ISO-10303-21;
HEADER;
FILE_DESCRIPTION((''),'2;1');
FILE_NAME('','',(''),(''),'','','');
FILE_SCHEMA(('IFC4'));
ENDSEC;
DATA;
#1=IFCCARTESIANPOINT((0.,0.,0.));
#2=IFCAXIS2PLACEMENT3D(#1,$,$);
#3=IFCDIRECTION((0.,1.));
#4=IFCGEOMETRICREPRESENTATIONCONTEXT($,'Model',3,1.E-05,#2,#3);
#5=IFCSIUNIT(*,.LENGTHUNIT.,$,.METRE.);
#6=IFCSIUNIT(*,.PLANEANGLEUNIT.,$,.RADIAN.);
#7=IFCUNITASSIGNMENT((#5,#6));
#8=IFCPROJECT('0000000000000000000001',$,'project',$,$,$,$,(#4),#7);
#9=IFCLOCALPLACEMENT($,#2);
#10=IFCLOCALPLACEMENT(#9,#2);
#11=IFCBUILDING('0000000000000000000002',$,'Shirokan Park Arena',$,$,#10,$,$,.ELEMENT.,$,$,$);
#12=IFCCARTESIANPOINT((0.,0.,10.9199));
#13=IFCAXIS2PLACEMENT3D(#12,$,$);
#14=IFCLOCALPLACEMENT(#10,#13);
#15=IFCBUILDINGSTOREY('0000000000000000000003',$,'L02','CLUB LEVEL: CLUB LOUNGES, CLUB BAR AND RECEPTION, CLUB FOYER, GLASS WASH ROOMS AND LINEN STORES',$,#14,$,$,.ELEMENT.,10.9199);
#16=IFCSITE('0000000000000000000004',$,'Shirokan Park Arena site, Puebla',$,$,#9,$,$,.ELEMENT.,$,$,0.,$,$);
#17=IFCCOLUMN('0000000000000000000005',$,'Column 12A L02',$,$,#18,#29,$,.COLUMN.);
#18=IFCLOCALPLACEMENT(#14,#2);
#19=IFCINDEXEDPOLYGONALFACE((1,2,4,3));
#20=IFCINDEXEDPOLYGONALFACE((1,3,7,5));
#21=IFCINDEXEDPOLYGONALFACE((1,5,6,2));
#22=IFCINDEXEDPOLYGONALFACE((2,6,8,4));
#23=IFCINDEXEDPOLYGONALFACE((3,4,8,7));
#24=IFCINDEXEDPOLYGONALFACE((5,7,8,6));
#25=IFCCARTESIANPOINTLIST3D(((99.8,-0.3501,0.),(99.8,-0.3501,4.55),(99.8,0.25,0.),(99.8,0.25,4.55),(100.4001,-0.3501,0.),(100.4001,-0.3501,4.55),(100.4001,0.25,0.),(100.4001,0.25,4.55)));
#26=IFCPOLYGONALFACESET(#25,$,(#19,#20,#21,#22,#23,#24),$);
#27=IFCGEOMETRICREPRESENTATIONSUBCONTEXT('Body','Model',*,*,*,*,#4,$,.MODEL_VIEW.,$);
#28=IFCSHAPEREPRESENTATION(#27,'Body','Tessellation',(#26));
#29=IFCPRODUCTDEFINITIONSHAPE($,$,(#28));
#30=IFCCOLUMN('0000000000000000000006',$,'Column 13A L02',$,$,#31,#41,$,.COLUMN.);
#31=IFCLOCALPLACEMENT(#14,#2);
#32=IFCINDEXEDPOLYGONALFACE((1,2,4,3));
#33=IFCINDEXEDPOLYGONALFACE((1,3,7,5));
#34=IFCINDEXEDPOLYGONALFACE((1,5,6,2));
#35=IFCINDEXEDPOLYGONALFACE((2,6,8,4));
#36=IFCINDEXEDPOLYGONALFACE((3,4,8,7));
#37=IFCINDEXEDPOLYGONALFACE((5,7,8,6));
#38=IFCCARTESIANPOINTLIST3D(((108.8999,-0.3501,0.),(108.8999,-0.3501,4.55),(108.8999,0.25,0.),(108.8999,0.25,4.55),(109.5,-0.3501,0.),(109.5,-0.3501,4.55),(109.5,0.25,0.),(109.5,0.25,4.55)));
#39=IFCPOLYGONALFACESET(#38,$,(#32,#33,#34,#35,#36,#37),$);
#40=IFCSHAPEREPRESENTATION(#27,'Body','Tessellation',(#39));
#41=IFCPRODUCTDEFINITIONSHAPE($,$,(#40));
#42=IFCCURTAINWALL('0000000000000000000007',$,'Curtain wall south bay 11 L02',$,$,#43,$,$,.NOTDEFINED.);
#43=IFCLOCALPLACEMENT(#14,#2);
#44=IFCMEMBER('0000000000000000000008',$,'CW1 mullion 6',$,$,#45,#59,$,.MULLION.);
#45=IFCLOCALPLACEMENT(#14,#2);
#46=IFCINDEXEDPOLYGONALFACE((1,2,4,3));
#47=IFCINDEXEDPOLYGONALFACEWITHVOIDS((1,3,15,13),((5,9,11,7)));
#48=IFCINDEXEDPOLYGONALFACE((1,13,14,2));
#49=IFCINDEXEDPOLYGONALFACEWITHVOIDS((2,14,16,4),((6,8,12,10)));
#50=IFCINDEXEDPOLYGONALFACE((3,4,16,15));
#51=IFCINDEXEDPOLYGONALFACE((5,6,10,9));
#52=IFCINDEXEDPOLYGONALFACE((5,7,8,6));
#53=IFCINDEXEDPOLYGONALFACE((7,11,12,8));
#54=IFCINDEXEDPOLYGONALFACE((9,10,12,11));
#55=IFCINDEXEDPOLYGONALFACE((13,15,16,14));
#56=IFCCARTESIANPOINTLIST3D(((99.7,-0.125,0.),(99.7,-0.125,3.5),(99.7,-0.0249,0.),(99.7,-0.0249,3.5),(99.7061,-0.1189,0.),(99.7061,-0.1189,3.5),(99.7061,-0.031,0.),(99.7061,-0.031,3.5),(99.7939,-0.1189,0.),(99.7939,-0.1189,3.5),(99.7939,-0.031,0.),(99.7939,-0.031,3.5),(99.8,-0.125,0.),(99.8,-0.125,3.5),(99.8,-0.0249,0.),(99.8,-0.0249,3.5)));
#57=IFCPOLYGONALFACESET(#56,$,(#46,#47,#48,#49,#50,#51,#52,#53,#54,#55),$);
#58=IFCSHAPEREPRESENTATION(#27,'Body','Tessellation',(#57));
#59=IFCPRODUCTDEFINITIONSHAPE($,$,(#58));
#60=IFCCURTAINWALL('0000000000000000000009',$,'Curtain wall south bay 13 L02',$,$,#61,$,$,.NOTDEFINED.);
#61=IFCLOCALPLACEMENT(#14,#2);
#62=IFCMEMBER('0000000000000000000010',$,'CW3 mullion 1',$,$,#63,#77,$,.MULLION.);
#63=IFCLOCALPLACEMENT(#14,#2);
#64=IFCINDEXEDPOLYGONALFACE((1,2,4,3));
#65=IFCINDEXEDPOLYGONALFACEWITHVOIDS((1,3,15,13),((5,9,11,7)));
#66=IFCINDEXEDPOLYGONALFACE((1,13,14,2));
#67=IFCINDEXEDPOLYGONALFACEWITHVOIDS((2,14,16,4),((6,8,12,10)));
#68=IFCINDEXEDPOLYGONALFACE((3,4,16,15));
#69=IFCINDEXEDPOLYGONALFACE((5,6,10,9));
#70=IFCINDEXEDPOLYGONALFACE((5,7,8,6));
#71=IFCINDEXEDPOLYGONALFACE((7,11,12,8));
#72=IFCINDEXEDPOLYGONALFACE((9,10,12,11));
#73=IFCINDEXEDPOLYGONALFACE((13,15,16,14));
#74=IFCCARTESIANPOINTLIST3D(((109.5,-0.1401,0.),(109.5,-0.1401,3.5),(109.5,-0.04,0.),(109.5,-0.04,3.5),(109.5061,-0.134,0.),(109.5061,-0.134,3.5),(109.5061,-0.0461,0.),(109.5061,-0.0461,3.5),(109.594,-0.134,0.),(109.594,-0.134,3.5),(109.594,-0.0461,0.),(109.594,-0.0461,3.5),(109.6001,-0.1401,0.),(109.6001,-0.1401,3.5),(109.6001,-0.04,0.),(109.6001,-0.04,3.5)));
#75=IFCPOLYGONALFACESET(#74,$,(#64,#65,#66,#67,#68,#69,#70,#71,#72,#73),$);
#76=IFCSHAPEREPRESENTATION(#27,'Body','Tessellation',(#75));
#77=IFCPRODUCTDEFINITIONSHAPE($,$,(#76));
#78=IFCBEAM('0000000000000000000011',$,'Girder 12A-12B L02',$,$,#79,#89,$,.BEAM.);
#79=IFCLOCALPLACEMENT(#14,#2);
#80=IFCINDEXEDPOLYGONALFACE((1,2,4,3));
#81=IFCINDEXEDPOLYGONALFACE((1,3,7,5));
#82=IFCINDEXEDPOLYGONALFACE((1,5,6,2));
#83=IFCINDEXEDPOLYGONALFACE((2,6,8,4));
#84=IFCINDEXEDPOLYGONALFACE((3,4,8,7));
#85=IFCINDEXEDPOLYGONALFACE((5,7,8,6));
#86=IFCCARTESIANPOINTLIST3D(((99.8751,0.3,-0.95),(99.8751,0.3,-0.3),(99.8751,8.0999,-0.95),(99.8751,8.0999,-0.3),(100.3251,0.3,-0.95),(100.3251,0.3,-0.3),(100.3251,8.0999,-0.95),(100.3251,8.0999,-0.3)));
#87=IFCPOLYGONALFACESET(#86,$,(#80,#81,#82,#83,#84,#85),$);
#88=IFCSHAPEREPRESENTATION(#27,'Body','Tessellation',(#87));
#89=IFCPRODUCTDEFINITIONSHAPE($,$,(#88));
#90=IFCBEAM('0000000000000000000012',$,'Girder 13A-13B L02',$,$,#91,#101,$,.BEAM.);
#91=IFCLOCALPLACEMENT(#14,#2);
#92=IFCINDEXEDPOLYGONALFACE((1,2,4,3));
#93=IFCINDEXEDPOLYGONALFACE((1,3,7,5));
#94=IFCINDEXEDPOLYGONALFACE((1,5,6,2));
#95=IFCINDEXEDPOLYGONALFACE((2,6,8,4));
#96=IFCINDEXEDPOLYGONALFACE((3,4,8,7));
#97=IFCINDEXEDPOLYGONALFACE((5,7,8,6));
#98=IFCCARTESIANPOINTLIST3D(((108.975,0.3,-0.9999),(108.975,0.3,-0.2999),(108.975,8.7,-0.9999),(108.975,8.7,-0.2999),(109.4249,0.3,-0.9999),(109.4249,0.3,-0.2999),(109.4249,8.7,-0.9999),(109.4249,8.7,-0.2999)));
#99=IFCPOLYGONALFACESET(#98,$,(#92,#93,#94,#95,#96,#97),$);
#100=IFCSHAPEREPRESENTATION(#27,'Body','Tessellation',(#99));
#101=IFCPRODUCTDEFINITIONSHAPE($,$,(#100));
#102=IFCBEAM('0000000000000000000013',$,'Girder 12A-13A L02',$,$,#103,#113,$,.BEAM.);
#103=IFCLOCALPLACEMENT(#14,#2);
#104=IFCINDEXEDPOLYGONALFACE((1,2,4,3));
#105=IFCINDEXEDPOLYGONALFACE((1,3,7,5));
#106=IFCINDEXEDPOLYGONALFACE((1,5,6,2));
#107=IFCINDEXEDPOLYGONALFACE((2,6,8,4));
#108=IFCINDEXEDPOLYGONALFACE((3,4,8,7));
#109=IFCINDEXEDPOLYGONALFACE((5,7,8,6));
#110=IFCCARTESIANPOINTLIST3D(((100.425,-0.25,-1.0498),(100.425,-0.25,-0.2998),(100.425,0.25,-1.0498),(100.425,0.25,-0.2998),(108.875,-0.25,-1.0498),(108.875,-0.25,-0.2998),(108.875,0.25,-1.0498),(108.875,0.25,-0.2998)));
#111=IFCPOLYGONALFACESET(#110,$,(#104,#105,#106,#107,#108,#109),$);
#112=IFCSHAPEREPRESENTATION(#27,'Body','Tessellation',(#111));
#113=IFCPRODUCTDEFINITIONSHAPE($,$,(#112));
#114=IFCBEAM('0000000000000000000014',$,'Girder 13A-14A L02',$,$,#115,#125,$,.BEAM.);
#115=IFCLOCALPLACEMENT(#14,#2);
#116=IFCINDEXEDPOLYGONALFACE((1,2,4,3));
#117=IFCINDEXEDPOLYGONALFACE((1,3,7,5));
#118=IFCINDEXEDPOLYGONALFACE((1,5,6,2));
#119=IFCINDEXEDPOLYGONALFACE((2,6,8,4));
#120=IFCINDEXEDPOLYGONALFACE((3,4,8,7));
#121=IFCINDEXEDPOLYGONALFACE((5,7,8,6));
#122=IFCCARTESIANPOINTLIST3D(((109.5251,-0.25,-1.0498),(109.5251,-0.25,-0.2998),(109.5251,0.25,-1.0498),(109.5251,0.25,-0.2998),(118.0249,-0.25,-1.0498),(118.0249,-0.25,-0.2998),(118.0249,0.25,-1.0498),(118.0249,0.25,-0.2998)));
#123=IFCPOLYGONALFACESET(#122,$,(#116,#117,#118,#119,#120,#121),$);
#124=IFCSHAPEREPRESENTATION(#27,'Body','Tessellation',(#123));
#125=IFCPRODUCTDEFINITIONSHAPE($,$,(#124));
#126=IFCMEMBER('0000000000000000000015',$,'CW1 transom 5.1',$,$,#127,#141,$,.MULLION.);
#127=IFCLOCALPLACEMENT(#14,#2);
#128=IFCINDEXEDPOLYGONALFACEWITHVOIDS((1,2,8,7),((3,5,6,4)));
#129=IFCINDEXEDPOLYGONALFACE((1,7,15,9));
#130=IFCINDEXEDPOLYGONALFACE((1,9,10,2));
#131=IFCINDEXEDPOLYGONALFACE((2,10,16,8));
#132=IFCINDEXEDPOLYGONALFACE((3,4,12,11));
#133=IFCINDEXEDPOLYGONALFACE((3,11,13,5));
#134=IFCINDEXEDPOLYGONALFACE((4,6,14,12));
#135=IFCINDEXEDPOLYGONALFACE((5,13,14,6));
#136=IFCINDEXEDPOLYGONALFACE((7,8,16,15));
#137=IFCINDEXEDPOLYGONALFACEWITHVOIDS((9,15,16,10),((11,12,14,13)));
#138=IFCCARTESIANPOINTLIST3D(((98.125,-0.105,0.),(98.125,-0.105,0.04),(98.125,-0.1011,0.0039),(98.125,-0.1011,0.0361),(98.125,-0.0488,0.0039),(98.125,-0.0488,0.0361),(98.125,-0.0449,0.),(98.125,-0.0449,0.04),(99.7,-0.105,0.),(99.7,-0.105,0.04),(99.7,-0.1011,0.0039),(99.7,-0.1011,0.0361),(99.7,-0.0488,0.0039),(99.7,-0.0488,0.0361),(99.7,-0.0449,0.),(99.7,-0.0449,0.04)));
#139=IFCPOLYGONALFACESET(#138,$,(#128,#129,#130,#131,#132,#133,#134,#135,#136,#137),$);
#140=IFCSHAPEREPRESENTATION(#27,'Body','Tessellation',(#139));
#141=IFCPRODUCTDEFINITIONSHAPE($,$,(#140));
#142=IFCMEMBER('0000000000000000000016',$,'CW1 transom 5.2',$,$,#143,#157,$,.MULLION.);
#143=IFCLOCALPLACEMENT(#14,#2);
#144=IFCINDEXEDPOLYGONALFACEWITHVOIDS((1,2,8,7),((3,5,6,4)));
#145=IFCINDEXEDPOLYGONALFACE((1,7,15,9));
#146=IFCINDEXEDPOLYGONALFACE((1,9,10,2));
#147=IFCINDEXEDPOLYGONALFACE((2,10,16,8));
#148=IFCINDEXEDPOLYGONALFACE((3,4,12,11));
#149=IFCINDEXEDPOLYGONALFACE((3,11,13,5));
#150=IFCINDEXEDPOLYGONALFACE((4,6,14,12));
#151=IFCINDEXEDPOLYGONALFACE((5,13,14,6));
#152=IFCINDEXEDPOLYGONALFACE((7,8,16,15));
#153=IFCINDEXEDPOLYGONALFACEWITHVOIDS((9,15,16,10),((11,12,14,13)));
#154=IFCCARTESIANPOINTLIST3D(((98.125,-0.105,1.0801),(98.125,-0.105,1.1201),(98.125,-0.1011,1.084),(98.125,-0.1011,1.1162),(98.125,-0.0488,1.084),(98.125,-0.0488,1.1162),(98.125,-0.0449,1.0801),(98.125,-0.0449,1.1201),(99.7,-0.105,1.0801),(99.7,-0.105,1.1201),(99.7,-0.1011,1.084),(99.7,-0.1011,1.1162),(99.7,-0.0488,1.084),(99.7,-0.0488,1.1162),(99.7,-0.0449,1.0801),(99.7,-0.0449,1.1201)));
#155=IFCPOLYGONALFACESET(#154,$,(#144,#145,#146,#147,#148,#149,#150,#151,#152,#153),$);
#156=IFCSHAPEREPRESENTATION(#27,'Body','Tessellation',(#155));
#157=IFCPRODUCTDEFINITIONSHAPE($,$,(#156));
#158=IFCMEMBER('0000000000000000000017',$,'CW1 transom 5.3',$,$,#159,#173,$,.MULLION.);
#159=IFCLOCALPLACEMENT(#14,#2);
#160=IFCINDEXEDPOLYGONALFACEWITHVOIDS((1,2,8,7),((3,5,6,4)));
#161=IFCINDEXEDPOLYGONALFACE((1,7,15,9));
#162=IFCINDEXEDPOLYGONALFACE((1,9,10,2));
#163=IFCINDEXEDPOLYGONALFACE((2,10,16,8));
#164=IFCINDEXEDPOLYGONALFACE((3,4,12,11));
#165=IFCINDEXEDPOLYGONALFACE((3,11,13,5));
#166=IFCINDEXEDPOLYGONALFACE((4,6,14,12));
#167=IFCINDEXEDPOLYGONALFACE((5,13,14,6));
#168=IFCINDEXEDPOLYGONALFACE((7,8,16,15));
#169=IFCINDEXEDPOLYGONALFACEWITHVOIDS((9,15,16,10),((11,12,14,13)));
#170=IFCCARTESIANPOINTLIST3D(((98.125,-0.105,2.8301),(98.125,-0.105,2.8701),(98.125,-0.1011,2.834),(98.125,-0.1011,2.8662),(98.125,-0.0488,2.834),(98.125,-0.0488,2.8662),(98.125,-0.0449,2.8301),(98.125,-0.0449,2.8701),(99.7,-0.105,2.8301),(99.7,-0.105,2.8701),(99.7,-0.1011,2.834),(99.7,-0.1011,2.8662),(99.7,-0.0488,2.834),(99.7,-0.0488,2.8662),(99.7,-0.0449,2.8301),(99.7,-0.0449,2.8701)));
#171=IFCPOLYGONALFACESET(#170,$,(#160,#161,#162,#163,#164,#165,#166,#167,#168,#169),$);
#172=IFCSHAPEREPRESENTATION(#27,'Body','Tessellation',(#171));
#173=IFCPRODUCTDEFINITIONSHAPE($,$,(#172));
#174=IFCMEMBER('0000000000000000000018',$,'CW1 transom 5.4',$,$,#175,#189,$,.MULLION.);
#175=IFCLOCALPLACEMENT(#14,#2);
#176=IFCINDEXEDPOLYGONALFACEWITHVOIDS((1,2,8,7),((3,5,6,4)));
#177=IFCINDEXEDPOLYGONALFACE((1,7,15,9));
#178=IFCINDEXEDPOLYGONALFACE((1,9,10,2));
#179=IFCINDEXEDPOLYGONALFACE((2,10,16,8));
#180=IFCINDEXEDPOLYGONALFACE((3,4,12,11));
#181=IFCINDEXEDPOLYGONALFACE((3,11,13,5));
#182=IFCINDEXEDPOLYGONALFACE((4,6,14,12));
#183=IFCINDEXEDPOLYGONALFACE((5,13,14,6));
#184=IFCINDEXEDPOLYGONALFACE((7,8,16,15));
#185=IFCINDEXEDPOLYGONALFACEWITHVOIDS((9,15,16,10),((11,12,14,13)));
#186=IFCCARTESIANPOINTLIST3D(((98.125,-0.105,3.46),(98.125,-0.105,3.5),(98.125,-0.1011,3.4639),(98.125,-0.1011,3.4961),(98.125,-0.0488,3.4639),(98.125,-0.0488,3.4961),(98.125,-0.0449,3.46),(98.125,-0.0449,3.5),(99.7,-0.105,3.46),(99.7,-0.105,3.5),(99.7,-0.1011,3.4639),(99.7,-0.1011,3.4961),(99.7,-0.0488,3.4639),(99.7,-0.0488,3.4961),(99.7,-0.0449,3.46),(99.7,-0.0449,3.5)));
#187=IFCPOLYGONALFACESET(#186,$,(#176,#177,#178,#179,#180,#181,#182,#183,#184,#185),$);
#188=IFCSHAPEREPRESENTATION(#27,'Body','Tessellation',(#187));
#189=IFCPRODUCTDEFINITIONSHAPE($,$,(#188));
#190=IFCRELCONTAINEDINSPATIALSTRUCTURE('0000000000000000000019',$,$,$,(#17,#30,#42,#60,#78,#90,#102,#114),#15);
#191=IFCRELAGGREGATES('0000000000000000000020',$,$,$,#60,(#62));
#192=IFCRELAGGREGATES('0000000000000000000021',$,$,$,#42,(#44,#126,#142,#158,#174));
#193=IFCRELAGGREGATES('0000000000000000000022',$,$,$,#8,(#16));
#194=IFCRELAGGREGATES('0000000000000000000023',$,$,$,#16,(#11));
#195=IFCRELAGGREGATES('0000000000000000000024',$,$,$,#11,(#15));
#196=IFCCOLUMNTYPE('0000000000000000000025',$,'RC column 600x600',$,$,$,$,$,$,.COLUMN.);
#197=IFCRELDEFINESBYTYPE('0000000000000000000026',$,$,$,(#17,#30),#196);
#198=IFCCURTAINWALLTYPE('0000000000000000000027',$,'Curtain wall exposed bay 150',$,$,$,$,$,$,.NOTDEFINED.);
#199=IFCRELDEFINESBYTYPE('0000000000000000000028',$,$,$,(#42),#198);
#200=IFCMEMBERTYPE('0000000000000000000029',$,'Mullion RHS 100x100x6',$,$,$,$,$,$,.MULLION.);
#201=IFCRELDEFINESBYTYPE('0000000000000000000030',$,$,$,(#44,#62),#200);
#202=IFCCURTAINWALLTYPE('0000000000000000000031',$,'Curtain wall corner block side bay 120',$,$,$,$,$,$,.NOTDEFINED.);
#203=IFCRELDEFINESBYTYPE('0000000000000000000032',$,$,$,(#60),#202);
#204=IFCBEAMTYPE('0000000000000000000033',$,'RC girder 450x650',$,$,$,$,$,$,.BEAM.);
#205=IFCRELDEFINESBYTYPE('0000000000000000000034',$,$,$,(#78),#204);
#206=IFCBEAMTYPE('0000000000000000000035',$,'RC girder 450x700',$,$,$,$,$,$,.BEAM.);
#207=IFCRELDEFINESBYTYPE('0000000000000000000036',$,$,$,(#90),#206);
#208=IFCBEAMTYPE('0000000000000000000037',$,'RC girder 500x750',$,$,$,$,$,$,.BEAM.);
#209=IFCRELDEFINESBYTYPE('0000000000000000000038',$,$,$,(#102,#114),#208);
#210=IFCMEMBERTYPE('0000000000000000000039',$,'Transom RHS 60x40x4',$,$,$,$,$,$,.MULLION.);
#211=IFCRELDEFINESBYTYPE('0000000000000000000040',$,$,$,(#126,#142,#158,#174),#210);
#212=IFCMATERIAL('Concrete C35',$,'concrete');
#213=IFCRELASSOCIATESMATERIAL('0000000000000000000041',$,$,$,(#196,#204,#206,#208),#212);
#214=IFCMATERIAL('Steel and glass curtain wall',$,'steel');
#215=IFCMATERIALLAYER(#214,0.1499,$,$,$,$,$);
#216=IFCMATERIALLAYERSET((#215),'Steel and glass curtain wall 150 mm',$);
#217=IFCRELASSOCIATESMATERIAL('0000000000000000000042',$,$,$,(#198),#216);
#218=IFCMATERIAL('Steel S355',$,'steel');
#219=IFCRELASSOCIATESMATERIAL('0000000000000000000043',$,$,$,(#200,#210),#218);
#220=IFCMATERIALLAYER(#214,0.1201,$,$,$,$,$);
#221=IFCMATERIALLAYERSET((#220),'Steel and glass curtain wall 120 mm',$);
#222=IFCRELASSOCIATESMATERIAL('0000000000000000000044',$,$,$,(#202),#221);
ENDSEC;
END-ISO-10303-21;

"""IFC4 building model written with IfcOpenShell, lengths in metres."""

from ifc_helpers import new_model, si_unit, direction, frame, origin, origin_2d, place, context, subcontext, project, spatial, rectangle, hollow_rectangle, extrude, material, layer, layer_set, material_profile, profile_set, type_object, element, aggregate, save


model = new_model("IFC4")

# Units and contexts
model_context = context("Model", 3, precision=1e-05, world=origin(), true_north=direction((0.0, 1.0)))
body_context = subcontext(model_context, "Body", "Model", "MODEL_VIEW")
ifc_project = project(units=[si_unit("LENGTHUNIT", "METRE"), si_unit("PLANEANGLEUNIT", "RADIAN")], contexts=[model_context])

# Site, building, storey
site_placement = place(None, origin())
site = spatial("IfcSite", under=ifc_project, at=site_placement, Name="Shirokan Park Arena site, Puebla", CompositionType="ELEMENT", RefElevation=0.0)
building_placement = place(site_placement, origin())
building = spatial("IfcBuilding", under=site, at=building_placement, Name="Shirokan Park Arena", CompositionType="ELEMENT")
storey_placement = place(building_placement, frame((0.0, 0.0, 10.9199)))
storey = spatial("IfcBuildingStorey", under=building, at=storey_placement, Name="L02", Description="CLUB LEVEL: CLUB LOUNGES, CLUB BAR AND RECEPTION, CLUB FOYER, GLASS WASH ROOMS AND LINEN STORES", CompositionType="ELEMENT", Elevation=10.9199)

# Columns
ifc_material_1 = material(Name="Concrete C35", Category="concrete")
ifc_material_profile_1 = material_profile(ifc_material_1, rectangle(XDim=0.6001, YDim=0.6001, at=origin_2d()), Name="600x600")
ifc_profile_set_1 = profile_set([ifc_material_profile_1], Name="Concrete C35")
column_type = type_object("IfcColumnType", Name="RC column 600x600", PredefinedType="COLUMN", material=ifc_profile_set_1)
for number, where, z_axis, x_axis, name in (
    (1, (100.1001, -0.05, 0.0), (0.0, 0.0, 1.0), (1.0, 0.0, 0.0), "Column 12A L02"),
    (2, (109.2, -0.05, 0.0), (0.0, 0.0, 1.0), (1.0, 0.0, 0.0), "Column 13A L02"),
):
    element("IfcColumn", number, at=place(storey_placement, frame(where, z_axis=z_axis, x_axis=x_axis)), inside=storey, type_object=column_type, Name=name, PredefinedType="COLUMN", context=body_context, shape_type="SweptSolid", body=[
        extrude(rectangle(XDim=0.6001, YDim=0.6001, at=origin_2d()), origin(), (0.0, 0.0, 1.0), 4.55),
    ])

# Curtain walls, members
ifc_material_2 = material(Name="Steel and glass curtain wall", Category="steel")
ifc_layer_1 = layer(ifc_material_2, 0.1499)
ifc_layer_set_1 = layer_set([ifc_layer_1], Name="Steel and glass curtain wall 150 mm")
curtain_wall_type_1 = type_object("IfcCurtainWallType", Name="Curtain wall exposed bay 150", PredefinedType="NOTDEFINED", material=ifc_layer_set_1)
curtain_wall_1_placement = place(storey_placement, origin())
curtain_wall_1 = element("IfcCurtainWall", 3, at=curtain_wall_1_placement, inside=storey, type_object=curtain_wall_type_1, Name="Curtain wall south bay 11 L02", PredefinedType="NOTDEFINED")
ifc_material_3 = material(Name="Steel S355", Category="steel")
ifc_material_profile_2 = material_profile(ifc_material_3, hollow_rectangle(XDim=0.1001, YDim=0.1001, WallThickness=0.0061, at=origin_2d()), Name="RHS 100x100x6")
ifc_profile_set_2 = profile_set([ifc_material_profile_2], Name="Steel S355")
member_type_1 = type_object("IfcMemberType", Name="Mullion RHS 100x100x6", PredefinedType="MULLION", material=ifc_profile_set_2)
member_1_placement = place(storey_placement, frame((99.75, -0.075, 0.0), z_axis=(0.0, 0.0, 1.0), x_axis=(0.0, 1.0, 0.0)))
member_1 = element("IfcMember", 4, at=member_1_placement, type_object=member_type_1, Name="CW1 mullion 6", PredefinedType="MULLION", context=body_context, shape_type="SweptSolid", body=[
    extrude(hollow_rectangle(XDim=0.1001, YDim=0.1001, WallThickness=0.0061, at=origin_2d()), origin(), (0.0, 0.0, 1.0), 3.5),
])
ifc_layer_2 = layer(ifc_material_2, 0.1201)
ifc_layer_set_2 = layer_set([ifc_layer_2], Name="Steel and glass curtain wall 120 mm")
curtain_wall_type_2 = type_object("IfcCurtainWallType", Name="Curtain wall corner block side bay 120", PredefinedType="NOTDEFINED", material=ifc_layer_set_2)
curtain_wall_2_placement = place(storey_placement, origin())
curtain_wall_2 = element("IfcCurtainWall", 5, at=curtain_wall_2_placement, inside=storey, type_object=curtain_wall_type_2, Name="Curtain wall south bay 13 L02", PredefinedType="NOTDEFINED")
member_2_placement = place(storey_placement, frame((109.55, -0.0901, 0.0), z_axis=(0.0, 0.0, 1.0), x_axis=(0.0, 1.0, 0.0)))
member_2 = element("IfcMember", 6, at=member_2_placement, type_object=member_type_1, Name="CW3 mullion 1", PredefinedType="MULLION", context=body_context, shape_type="SweptSolid", body=[
    extrude(hollow_rectangle(XDim=0.1001, YDim=0.1001, WallThickness=0.0061, at=origin_2d()), origin(), (0.0, 0.0, 1.0), 3.5),
])

# Beams
ifc_material_profile_3 = material_profile(ifc_material_1, rectangle(XDim=0.45, YDim=0.6499, at=origin_2d()), Name="450x650")
ifc_profile_set_3 = profile_set([ifc_material_profile_3], Name="Concrete C35")
beam_type_1 = type_object("IfcBeamType", Name="RC girder 450x650", PredefinedType="BEAM", material=ifc_profile_set_3)
beam_1_placement = place(storey_placement, frame((100.1001, 0.3, -0.625), z_axis=(0.0, 1.0, 0.0), x_axis=(-1.0, 0.0, 0.0)))
element("IfcBeam", 7, at=beam_1_placement, inside=storey, type_object=beam_type_1, Name="Girder 12A-12B L02", PredefinedType="BEAM", context=body_context, shape_type="SweptSolid", body=[
    extrude(rectangle(XDim=0.45, YDim=0.6499, at=origin_2d()), origin(), (0.0, 0.0, 1.0), 7.7998),
])
ifc_material_profile_4 = material_profile(ifc_material_1, rectangle(XDim=0.45, YDim=0.7, at=origin_2d()), Name="450x700")
ifc_profile_set_4 = profile_set([ifc_material_profile_4], Name="Concrete C35")
beam_type_2 = type_object("IfcBeamType", Name="RC girder 450x700", PredefinedType="BEAM", material=ifc_profile_set_4)
beam_2_placement = place(storey_placement, frame((109.2, 0.3, -0.6499), z_axis=(0.0, 1.0, 0.0), x_axis=(-1.0, 0.0, 0.0)))
element("IfcBeam", 8, at=beam_2_placement, inside=storey, type_object=beam_type_2, Name="Girder 13A-13B L02", PredefinedType="BEAM", context=body_context, shape_type="SweptSolid", body=[
    extrude(rectangle(XDim=0.45, YDim=0.7, at=origin_2d()), origin(), (0.0, 0.0, 1.0), 8.3999),
])
ifc_material_profile_5 = material_profile(ifc_material_1, rectangle(XDim=0.5, YDim=0.75, at=origin_2d()), Name="500x750")
ifc_profile_set_5 = profile_set([ifc_material_profile_5], Name="Concrete C35")
beam_type_3 = type_object("IfcBeamType", Name="RC girder 500x750", PredefinedType="BEAM", material=ifc_profile_set_5)
beam_3_placement = place(storey_placement, frame((100.425, 0.0, -0.6748), z_axis=(1.0, 0.0, 0.0), x_axis=(0.0, 1.0, 0.0)))
element("IfcBeam", 9, at=beam_3_placement, inside=storey, type_object=beam_type_3, Name="Girder 12A-13A L02", PredefinedType="BEAM", context=body_context, shape_type="SweptSolid", body=[
    extrude(rectangle(XDim=0.5, YDim=0.75, at=origin_2d()), origin(), (0.0, 0.0, 1.0), 8.45),
])
beam_4_placement = place(storey_placement, frame((109.5251, 0.0, -0.6748), z_axis=(1.0, 0.0, 0.0), x_axis=(0.0, 1.0, 0.0)))
element("IfcBeam", 10, at=beam_4_placement, inside=storey, type_object=beam_type_3, Name="Girder 13A-14A L02", PredefinedType="BEAM", context=body_context, shape_type="SweptSolid", body=[
    extrude(rectangle(XDim=0.5, YDim=0.75, at=origin_2d()), origin(), (0.0, 0.0, 1.0), 8.4998),
])

# Members
ifc_material_profile_6 = material_profile(ifc_material_3, hollow_rectangle(XDim=0.0601, YDim=0.04, WallThickness=0.0039, at=origin_2d()), Name="RHS 60x40x4")
ifc_profile_set_6 = profile_set([ifc_material_profile_6], Name="Steel S355")
member_type_2 = type_object("IfcMemberType", Name="Transom RHS 60x40x4", PredefinedType="MULLION", material=ifc_profile_set_6)
member_3_placement = place(storey_placement, frame((98.125, -0.075, 0.02), z_axis=(1.0, 0.0, 0.0), x_axis=(0.0, 1.0, 0.0)))
member_3 = element("IfcMember", 11, at=member_3_placement, type_object=member_type_2, Name="CW1 transom 5.1", PredefinedType="MULLION", context=body_context, shape_type="SweptSolid", body=[
    extrude(hollow_rectangle(XDim=0.0601, YDim=0.04, WallThickness=0.0039, at=origin_2d()), origin(), (0.0, 0.0, 1.0), 1.575),
])
member_4_placement = place(storey_placement, frame((98.125, -0.075, 1.1001), z_axis=(1.0, 0.0, 0.0), x_axis=(0.0, 1.0, 0.0)))
member_4 = element("IfcMember", 12, at=member_4_placement, type_object=member_type_2, Name="CW1 transom 5.2", PredefinedType="MULLION", context=body_context, shape_type="SweptSolid", body=[
    extrude(hollow_rectangle(XDim=0.0601, YDim=0.04, WallThickness=0.0039, at=origin_2d()), origin(), (0.0, 0.0, 1.0), 1.575),
])
member_5_placement = place(storey_placement, frame((98.125, -0.075, 2.8501), z_axis=(1.0, 0.0, 0.0), x_axis=(0.0, 1.0, 0.0)))
member_5 = element("IfcMember", 13, at=member_5_placement, type_object=member_type_2, Name="CW1 transom 5.3", PredefinedType="MULLION", context=body_context, shape_type="SweptSolid", body=[
    extrude(hollow_rectangle(XDim=0.0601, YDim=0.04, WallThickness=0.0039, at=origin_2d()), origin(), (0.0, 0.0, 1.0), 1.575),
])
member_6_placement = place(storey_placement, frame((98.125, -0.075, 3.48), z_axis=(1.0, 0.0, 0.0), x_axis=(0.0, 1.0, 0.0)))
member_6 = element("IfcMember", 14, at=member_6_placement, type_object=member_type_2, Name="CW1 transom 5.4", PredefinedType="MULLION", context=body_context, shape_type="SweptSolid", body=[
    extrude(hollow_rectangle(XDim=0.0601, YDim=0.04, WallThickness=0.0039, at=origin_2d()), origin(), (0.0, 0.0, 1.0), 1.575),
])
aggregate(curtain_wall_2, [member_2])

aggregate(curtain_wall_1, [member_1, member_3, member_4, member_5, member_6])

save(model, "model.ifc")
